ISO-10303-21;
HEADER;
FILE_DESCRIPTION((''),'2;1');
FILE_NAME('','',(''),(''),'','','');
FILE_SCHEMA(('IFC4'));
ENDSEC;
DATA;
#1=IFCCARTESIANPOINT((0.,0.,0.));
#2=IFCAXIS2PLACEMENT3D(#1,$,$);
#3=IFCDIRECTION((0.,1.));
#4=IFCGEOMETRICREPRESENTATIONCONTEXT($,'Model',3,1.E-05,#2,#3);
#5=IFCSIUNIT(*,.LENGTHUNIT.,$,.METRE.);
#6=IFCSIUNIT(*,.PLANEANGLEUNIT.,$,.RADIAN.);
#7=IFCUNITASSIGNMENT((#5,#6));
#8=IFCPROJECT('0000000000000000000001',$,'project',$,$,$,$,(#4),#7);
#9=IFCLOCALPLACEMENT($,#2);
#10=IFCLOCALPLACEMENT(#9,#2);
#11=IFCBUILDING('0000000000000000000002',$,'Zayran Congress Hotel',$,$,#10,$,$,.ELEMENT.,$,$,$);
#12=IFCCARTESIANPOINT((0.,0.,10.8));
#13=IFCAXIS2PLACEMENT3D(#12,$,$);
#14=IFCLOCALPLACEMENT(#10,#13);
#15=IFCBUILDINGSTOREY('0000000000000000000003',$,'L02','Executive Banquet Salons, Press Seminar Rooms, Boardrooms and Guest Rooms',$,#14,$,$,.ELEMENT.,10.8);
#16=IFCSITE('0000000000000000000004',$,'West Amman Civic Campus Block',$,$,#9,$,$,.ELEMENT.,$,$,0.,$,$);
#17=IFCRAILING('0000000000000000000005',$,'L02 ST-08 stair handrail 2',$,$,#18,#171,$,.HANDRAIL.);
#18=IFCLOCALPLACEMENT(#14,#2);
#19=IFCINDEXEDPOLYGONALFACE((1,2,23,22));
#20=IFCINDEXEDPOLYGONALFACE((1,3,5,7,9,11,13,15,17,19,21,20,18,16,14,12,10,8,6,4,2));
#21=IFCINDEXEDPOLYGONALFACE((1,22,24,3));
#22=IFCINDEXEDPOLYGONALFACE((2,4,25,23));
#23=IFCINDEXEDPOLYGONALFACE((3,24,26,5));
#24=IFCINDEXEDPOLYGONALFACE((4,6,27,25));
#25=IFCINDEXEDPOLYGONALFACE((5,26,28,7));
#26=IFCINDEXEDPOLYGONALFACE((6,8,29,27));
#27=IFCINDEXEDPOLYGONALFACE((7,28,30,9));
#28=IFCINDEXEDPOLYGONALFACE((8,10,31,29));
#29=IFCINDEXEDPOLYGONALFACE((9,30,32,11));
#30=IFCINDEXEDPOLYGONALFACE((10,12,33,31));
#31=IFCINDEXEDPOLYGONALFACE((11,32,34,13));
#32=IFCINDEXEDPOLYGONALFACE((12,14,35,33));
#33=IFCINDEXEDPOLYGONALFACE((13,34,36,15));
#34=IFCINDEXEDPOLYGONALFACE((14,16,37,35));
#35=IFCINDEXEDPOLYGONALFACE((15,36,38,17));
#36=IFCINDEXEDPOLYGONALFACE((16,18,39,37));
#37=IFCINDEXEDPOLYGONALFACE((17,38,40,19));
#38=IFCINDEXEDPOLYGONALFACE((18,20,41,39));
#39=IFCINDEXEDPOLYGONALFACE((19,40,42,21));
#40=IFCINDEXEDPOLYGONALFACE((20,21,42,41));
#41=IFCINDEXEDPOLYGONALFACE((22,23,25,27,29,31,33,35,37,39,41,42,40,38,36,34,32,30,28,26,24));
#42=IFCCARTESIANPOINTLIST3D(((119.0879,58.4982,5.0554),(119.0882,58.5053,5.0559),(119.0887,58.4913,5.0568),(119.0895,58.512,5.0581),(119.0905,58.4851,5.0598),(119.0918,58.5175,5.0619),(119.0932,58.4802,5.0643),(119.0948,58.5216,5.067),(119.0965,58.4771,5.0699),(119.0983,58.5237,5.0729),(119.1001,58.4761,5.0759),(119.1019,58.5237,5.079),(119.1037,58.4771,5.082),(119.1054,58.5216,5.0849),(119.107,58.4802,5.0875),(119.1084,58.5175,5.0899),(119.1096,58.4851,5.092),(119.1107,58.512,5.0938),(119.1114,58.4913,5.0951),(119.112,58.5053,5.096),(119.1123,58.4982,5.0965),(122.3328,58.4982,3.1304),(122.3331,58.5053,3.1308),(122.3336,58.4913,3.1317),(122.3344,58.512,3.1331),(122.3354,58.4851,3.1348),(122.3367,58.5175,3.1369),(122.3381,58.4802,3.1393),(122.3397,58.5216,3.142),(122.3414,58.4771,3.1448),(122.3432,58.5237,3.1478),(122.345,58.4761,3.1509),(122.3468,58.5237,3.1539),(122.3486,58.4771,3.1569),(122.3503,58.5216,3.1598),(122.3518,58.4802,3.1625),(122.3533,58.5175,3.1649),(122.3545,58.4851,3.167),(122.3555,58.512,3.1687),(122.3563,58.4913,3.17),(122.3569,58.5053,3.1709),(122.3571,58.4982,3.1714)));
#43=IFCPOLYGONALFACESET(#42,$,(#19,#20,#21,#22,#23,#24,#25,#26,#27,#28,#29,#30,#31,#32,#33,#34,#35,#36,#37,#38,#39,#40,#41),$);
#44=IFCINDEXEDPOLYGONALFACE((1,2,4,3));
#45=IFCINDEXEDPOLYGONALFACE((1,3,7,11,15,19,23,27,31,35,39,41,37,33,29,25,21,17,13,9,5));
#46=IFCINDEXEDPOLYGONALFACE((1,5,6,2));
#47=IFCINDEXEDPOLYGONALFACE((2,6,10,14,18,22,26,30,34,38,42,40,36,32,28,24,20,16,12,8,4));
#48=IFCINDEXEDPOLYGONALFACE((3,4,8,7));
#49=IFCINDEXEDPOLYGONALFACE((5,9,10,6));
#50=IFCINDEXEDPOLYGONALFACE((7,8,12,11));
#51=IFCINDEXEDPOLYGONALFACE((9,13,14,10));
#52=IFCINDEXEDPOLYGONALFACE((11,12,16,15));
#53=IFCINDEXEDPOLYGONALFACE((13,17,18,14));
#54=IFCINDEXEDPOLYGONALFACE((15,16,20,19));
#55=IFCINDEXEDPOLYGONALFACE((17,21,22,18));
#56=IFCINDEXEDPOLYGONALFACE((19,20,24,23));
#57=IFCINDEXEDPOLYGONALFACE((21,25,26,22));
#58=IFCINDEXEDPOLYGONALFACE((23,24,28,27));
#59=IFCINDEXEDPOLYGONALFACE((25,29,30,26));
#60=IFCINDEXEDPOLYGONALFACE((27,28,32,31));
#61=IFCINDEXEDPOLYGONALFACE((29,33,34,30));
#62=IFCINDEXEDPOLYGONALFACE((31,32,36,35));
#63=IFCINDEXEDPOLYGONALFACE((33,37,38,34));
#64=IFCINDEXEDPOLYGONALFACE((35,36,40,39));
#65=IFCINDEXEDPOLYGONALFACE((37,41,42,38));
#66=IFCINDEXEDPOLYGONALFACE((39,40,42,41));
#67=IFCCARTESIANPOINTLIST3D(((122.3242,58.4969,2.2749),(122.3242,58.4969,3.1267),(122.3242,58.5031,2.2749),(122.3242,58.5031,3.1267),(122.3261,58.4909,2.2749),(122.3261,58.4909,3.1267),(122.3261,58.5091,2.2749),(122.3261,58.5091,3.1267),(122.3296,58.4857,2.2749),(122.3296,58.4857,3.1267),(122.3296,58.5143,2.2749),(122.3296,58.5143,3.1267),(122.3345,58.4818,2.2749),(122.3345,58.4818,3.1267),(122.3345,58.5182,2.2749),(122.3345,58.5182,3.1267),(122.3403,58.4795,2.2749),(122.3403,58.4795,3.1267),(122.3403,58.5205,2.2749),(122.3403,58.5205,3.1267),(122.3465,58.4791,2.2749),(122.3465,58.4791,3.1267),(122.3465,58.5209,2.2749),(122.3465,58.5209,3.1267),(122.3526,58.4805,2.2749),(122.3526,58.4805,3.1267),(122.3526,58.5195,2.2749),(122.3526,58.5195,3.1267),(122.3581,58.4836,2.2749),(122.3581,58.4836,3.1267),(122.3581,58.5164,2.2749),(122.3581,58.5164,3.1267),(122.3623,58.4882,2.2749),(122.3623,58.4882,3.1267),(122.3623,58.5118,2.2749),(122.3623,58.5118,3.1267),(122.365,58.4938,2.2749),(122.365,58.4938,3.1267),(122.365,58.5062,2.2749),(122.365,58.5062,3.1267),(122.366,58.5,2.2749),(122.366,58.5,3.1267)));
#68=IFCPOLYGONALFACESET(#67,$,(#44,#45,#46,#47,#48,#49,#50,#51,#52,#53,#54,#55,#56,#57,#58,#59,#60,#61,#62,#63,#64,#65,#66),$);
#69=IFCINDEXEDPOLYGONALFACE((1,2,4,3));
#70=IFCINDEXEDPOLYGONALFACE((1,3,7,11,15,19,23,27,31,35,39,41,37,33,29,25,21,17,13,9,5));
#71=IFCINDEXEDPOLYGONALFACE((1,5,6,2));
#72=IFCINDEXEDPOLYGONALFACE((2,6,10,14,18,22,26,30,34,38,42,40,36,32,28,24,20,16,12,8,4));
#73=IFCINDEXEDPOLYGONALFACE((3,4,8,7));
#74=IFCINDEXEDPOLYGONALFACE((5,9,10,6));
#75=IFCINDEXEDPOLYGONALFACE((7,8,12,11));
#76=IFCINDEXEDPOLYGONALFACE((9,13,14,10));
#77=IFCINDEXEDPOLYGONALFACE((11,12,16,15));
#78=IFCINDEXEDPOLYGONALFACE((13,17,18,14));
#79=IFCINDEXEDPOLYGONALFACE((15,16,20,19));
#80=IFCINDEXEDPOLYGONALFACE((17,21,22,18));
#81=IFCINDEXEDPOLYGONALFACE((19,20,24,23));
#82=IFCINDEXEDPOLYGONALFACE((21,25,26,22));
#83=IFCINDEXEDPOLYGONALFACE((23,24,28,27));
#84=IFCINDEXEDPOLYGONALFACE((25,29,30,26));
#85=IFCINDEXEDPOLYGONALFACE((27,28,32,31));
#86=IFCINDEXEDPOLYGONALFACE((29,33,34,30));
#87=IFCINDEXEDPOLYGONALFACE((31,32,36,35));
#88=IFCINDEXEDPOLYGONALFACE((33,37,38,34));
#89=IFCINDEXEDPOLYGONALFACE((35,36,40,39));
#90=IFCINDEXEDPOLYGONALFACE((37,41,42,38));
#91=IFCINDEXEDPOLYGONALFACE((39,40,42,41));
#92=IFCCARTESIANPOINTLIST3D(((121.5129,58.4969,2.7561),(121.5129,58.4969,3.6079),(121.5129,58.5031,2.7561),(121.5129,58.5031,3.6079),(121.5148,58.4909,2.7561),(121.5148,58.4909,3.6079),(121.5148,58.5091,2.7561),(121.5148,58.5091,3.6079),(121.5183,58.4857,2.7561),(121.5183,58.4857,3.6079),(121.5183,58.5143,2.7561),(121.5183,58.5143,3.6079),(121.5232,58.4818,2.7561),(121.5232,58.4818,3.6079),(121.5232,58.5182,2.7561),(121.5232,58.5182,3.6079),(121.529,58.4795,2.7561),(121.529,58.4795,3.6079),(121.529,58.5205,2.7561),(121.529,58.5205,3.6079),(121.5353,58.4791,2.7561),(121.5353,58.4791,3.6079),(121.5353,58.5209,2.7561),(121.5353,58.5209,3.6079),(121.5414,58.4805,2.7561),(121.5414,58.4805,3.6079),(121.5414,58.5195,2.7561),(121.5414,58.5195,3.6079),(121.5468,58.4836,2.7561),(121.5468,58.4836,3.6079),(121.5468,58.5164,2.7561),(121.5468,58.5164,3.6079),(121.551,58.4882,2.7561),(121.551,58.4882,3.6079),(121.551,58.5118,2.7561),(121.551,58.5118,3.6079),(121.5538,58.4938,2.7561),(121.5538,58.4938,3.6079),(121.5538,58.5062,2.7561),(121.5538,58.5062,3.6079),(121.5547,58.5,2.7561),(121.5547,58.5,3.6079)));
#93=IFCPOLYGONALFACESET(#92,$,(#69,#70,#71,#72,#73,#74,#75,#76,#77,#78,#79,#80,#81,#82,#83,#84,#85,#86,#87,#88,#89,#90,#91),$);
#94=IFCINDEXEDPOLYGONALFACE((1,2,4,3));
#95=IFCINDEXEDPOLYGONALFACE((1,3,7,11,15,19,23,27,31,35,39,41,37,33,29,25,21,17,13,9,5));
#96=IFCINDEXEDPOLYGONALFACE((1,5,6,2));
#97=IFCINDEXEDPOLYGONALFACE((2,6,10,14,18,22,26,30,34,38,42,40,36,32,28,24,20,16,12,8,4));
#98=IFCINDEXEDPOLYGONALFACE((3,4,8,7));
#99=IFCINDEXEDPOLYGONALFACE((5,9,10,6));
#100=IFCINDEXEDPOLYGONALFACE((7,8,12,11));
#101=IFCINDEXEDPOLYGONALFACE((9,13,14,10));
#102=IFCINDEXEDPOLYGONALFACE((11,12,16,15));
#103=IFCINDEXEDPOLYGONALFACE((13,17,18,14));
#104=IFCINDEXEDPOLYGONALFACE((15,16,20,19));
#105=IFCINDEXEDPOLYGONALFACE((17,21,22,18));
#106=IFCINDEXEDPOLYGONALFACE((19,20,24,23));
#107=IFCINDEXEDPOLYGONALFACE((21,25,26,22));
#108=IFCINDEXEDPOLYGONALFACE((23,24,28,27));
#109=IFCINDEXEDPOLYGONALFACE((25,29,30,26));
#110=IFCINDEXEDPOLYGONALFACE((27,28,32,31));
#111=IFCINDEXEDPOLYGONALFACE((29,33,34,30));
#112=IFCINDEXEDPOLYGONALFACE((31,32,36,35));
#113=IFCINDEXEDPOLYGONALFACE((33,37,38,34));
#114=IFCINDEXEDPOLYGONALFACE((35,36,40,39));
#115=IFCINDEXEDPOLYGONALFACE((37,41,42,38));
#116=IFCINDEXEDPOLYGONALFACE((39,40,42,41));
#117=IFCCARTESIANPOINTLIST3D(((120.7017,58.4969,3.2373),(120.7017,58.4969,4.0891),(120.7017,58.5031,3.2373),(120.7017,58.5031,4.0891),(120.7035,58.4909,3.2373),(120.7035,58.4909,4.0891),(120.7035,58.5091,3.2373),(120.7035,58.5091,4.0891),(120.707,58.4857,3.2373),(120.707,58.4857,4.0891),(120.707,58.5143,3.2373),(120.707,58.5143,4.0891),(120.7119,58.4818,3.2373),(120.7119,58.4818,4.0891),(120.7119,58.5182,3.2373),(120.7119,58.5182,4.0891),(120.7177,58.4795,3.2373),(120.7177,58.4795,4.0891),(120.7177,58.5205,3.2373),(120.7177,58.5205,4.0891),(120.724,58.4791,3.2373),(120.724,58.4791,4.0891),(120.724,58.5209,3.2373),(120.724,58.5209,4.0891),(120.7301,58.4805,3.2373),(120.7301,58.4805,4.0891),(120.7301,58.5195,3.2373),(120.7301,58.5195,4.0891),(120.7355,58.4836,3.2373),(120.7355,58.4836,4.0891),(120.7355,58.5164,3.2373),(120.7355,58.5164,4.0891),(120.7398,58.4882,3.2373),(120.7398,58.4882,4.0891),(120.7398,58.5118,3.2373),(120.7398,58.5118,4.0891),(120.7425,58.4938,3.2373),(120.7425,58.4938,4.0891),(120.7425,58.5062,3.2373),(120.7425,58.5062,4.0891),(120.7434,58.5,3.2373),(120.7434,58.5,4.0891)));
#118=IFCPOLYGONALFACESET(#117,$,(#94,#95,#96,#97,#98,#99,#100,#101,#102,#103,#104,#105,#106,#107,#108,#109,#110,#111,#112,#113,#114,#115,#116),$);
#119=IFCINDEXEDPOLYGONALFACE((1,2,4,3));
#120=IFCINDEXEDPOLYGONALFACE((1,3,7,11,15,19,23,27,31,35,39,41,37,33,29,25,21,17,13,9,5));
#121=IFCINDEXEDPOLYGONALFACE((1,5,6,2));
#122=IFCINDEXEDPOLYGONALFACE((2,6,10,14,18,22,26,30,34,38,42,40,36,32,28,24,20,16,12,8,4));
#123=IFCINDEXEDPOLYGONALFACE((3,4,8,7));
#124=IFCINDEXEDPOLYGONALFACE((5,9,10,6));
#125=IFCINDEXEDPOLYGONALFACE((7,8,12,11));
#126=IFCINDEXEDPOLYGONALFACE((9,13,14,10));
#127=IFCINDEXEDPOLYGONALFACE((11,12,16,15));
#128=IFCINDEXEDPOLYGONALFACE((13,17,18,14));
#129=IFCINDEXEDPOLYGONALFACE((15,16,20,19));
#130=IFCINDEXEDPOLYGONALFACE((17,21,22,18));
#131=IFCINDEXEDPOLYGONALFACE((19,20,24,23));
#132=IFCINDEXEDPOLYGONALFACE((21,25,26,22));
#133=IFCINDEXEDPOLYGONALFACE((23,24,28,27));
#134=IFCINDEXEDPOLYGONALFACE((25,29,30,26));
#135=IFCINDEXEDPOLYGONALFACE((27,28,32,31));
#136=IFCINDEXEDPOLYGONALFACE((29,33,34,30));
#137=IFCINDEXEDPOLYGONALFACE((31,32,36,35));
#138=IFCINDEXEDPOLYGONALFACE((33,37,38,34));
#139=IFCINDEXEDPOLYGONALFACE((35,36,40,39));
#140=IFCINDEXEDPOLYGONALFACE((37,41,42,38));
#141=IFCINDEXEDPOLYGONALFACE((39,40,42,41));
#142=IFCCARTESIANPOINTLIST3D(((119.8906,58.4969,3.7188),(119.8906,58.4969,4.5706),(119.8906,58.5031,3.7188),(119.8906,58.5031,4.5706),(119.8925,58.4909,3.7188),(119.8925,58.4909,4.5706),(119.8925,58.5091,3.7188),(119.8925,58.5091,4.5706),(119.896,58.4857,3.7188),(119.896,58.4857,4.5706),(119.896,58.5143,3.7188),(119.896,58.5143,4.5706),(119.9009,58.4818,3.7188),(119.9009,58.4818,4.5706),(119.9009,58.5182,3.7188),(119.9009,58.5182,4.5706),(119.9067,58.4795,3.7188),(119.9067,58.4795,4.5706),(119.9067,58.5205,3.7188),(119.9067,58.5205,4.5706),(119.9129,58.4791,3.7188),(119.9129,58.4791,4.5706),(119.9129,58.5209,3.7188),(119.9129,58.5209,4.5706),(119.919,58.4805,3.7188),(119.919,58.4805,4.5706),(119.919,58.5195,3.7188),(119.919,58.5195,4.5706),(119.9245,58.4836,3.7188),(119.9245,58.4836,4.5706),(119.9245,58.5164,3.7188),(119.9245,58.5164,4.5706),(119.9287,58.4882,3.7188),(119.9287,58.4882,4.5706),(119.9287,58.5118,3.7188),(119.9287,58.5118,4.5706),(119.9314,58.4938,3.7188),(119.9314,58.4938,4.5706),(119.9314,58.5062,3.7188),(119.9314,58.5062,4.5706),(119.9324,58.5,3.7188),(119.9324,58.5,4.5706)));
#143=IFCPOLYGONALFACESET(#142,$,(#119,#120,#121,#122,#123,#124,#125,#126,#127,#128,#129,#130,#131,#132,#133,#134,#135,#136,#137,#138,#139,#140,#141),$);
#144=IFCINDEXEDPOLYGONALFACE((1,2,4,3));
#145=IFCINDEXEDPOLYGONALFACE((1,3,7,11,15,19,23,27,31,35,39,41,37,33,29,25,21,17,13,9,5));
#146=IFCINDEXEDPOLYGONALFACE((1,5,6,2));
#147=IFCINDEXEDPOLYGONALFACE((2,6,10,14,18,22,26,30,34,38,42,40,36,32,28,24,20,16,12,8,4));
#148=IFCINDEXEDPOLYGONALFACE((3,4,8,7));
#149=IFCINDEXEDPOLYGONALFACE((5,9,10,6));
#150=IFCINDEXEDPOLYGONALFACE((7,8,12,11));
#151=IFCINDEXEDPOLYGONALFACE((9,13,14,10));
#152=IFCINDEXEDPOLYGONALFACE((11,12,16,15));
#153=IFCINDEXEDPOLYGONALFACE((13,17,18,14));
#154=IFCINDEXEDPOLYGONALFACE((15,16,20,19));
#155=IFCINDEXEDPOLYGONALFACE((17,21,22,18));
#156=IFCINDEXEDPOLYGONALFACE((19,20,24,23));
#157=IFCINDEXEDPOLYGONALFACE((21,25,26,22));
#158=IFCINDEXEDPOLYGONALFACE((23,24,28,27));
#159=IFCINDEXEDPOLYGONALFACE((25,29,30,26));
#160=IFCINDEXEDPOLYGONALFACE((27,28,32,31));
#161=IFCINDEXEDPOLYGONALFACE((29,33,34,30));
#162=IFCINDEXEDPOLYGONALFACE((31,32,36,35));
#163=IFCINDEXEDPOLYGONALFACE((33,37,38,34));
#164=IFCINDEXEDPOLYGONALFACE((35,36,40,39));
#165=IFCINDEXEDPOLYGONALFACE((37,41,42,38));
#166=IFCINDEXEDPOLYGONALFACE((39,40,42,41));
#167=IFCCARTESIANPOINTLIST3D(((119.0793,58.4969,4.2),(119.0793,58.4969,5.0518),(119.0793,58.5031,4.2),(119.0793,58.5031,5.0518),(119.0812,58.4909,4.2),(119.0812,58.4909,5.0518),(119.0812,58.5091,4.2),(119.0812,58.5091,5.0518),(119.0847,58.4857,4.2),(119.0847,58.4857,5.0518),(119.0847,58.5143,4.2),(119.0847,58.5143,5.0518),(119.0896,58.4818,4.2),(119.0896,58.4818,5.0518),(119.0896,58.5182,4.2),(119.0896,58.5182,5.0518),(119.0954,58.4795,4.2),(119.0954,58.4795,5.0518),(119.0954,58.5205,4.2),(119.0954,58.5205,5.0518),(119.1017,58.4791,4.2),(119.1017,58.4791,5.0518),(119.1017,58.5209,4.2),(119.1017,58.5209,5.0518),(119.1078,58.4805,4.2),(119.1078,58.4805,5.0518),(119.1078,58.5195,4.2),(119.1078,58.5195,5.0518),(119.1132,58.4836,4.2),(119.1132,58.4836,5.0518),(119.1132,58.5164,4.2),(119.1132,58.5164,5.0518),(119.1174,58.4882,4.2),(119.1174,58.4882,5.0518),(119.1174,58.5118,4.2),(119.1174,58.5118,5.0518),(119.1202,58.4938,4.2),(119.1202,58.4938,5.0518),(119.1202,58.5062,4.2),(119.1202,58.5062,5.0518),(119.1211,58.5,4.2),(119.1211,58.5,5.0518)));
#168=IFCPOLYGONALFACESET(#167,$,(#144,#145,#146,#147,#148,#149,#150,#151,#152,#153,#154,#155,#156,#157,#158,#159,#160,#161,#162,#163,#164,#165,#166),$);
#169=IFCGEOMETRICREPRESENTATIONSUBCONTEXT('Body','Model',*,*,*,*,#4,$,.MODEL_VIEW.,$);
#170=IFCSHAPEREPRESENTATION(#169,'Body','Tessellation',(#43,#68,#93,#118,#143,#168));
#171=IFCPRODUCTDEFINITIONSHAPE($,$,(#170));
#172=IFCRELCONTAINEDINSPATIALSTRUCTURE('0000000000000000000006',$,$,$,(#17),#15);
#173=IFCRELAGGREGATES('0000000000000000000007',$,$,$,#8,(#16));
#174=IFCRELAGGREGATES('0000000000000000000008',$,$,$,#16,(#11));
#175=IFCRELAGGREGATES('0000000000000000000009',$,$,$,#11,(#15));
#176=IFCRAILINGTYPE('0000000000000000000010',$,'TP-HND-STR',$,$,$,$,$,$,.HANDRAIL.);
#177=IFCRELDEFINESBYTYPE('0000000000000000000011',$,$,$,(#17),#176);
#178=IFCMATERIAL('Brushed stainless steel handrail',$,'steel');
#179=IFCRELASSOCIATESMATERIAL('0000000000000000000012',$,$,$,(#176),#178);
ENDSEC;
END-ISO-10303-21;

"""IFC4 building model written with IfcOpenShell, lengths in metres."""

from ifc_helpers import new_model, si_unit, direction, frame, origin, origin_2d, place, context, subcontext, project, spatial, circle, extrude, material, type_object, element, save


model = new_model("IFC4")

# Units and contexts
model_context = context("Model", 3, precision=1e-05, world=origin(), true_north=direction((0.0, 1.0)))
body_context = subcontext(model_context, "Body", "Model", "MODEL_VIEW")
ifc_project = project(units=[si_unit("LENGTHUNIT", "METRE"), si_unit("PLANEANGLEUNIT", "RADIAN")], contexts=[model_context])

# Site, building, storey
site_placement = place(None, origin())
site = spatial("IfcSite", under=ifc_project, at=site_placement, Name="West Amman Civic Campus Block", CompositionType="ELEMENT", RefElevation=0.0)
building_placement = place(site_placement, origin())
building = spatial("IfcBuilding", under=site, at=building_placement, Name="Zayran Congress Hotel", CompositionType="ELEMENT")
storey_placement = place(building_placement, frame((0.0, 0.0, 10.8)))
storey = spatial("IfcBuildingStorey", under=building, at=storey_placement, Name="L02", Description="Executive Banquet Salons, Press Seminar Rooms, Boardrooms and Guest Rooms", CompositionType="ELEMENT", Elevation=10.8)

# Railing
ifc_material_1 = material(Name="Brushed stainless steel handrail", Category="steel")
railing_type_1 = type_object("IfcRailingType", Name="TP-HND-STR", PredefinedType="HANDRAIL", material=ifc_material_1)
railing_1_placement = place(storey_placement, frame((122.345, 58.5, 2.2749)))
element("IfcRailing", 1, at=railing_1_placement, inside=storey, type_object=railing_type_1, Name="L02 ST-08 stair handrail 2", PredefinedType="HANDRAIL", context=body_context, shape_type="SweptSolid", body=[
    extrude(circle(Radius=0.0239, at=origin_2d()), frame((0.0, 0.0, 0.876), z_axis=(-0.86004, 0.0, 0.510226), x_axis=(0.0, -1.0, 0.0)), (0.0, 0.0, 1.0), 3.7729),
    extrude(circle(Radius=0.021, at=origin_2d()), origin(), (0.0, 0.0, 1.0), 0.8518),
    extrude(circle(Radius=0.021, at=origin_2d()), frame((-0.8113, 0.0, 0.4812)), (0.0, 0.0, 1.0), 0.8518),
    extrude(circle(Radius=0.021, at=origin_2d()), frame((-1.6226, 0.0, 0.9624)), (0.0, 0.0, 1.0), 0.8518),
    extrude(circle(Radius=0.021, at=origin_2d()), frame((-2.4336, 0.0, 1.4438)), (0.0, 0.0, 1.0), 0.8518),
    extrude(circle(Radius=0.021, at=origin_2d()), frame((-3.2449, 0.0, 1.925)), (0.0, 0.0, 1.0), 0.8518),
])

save(model, "model.ifc")
